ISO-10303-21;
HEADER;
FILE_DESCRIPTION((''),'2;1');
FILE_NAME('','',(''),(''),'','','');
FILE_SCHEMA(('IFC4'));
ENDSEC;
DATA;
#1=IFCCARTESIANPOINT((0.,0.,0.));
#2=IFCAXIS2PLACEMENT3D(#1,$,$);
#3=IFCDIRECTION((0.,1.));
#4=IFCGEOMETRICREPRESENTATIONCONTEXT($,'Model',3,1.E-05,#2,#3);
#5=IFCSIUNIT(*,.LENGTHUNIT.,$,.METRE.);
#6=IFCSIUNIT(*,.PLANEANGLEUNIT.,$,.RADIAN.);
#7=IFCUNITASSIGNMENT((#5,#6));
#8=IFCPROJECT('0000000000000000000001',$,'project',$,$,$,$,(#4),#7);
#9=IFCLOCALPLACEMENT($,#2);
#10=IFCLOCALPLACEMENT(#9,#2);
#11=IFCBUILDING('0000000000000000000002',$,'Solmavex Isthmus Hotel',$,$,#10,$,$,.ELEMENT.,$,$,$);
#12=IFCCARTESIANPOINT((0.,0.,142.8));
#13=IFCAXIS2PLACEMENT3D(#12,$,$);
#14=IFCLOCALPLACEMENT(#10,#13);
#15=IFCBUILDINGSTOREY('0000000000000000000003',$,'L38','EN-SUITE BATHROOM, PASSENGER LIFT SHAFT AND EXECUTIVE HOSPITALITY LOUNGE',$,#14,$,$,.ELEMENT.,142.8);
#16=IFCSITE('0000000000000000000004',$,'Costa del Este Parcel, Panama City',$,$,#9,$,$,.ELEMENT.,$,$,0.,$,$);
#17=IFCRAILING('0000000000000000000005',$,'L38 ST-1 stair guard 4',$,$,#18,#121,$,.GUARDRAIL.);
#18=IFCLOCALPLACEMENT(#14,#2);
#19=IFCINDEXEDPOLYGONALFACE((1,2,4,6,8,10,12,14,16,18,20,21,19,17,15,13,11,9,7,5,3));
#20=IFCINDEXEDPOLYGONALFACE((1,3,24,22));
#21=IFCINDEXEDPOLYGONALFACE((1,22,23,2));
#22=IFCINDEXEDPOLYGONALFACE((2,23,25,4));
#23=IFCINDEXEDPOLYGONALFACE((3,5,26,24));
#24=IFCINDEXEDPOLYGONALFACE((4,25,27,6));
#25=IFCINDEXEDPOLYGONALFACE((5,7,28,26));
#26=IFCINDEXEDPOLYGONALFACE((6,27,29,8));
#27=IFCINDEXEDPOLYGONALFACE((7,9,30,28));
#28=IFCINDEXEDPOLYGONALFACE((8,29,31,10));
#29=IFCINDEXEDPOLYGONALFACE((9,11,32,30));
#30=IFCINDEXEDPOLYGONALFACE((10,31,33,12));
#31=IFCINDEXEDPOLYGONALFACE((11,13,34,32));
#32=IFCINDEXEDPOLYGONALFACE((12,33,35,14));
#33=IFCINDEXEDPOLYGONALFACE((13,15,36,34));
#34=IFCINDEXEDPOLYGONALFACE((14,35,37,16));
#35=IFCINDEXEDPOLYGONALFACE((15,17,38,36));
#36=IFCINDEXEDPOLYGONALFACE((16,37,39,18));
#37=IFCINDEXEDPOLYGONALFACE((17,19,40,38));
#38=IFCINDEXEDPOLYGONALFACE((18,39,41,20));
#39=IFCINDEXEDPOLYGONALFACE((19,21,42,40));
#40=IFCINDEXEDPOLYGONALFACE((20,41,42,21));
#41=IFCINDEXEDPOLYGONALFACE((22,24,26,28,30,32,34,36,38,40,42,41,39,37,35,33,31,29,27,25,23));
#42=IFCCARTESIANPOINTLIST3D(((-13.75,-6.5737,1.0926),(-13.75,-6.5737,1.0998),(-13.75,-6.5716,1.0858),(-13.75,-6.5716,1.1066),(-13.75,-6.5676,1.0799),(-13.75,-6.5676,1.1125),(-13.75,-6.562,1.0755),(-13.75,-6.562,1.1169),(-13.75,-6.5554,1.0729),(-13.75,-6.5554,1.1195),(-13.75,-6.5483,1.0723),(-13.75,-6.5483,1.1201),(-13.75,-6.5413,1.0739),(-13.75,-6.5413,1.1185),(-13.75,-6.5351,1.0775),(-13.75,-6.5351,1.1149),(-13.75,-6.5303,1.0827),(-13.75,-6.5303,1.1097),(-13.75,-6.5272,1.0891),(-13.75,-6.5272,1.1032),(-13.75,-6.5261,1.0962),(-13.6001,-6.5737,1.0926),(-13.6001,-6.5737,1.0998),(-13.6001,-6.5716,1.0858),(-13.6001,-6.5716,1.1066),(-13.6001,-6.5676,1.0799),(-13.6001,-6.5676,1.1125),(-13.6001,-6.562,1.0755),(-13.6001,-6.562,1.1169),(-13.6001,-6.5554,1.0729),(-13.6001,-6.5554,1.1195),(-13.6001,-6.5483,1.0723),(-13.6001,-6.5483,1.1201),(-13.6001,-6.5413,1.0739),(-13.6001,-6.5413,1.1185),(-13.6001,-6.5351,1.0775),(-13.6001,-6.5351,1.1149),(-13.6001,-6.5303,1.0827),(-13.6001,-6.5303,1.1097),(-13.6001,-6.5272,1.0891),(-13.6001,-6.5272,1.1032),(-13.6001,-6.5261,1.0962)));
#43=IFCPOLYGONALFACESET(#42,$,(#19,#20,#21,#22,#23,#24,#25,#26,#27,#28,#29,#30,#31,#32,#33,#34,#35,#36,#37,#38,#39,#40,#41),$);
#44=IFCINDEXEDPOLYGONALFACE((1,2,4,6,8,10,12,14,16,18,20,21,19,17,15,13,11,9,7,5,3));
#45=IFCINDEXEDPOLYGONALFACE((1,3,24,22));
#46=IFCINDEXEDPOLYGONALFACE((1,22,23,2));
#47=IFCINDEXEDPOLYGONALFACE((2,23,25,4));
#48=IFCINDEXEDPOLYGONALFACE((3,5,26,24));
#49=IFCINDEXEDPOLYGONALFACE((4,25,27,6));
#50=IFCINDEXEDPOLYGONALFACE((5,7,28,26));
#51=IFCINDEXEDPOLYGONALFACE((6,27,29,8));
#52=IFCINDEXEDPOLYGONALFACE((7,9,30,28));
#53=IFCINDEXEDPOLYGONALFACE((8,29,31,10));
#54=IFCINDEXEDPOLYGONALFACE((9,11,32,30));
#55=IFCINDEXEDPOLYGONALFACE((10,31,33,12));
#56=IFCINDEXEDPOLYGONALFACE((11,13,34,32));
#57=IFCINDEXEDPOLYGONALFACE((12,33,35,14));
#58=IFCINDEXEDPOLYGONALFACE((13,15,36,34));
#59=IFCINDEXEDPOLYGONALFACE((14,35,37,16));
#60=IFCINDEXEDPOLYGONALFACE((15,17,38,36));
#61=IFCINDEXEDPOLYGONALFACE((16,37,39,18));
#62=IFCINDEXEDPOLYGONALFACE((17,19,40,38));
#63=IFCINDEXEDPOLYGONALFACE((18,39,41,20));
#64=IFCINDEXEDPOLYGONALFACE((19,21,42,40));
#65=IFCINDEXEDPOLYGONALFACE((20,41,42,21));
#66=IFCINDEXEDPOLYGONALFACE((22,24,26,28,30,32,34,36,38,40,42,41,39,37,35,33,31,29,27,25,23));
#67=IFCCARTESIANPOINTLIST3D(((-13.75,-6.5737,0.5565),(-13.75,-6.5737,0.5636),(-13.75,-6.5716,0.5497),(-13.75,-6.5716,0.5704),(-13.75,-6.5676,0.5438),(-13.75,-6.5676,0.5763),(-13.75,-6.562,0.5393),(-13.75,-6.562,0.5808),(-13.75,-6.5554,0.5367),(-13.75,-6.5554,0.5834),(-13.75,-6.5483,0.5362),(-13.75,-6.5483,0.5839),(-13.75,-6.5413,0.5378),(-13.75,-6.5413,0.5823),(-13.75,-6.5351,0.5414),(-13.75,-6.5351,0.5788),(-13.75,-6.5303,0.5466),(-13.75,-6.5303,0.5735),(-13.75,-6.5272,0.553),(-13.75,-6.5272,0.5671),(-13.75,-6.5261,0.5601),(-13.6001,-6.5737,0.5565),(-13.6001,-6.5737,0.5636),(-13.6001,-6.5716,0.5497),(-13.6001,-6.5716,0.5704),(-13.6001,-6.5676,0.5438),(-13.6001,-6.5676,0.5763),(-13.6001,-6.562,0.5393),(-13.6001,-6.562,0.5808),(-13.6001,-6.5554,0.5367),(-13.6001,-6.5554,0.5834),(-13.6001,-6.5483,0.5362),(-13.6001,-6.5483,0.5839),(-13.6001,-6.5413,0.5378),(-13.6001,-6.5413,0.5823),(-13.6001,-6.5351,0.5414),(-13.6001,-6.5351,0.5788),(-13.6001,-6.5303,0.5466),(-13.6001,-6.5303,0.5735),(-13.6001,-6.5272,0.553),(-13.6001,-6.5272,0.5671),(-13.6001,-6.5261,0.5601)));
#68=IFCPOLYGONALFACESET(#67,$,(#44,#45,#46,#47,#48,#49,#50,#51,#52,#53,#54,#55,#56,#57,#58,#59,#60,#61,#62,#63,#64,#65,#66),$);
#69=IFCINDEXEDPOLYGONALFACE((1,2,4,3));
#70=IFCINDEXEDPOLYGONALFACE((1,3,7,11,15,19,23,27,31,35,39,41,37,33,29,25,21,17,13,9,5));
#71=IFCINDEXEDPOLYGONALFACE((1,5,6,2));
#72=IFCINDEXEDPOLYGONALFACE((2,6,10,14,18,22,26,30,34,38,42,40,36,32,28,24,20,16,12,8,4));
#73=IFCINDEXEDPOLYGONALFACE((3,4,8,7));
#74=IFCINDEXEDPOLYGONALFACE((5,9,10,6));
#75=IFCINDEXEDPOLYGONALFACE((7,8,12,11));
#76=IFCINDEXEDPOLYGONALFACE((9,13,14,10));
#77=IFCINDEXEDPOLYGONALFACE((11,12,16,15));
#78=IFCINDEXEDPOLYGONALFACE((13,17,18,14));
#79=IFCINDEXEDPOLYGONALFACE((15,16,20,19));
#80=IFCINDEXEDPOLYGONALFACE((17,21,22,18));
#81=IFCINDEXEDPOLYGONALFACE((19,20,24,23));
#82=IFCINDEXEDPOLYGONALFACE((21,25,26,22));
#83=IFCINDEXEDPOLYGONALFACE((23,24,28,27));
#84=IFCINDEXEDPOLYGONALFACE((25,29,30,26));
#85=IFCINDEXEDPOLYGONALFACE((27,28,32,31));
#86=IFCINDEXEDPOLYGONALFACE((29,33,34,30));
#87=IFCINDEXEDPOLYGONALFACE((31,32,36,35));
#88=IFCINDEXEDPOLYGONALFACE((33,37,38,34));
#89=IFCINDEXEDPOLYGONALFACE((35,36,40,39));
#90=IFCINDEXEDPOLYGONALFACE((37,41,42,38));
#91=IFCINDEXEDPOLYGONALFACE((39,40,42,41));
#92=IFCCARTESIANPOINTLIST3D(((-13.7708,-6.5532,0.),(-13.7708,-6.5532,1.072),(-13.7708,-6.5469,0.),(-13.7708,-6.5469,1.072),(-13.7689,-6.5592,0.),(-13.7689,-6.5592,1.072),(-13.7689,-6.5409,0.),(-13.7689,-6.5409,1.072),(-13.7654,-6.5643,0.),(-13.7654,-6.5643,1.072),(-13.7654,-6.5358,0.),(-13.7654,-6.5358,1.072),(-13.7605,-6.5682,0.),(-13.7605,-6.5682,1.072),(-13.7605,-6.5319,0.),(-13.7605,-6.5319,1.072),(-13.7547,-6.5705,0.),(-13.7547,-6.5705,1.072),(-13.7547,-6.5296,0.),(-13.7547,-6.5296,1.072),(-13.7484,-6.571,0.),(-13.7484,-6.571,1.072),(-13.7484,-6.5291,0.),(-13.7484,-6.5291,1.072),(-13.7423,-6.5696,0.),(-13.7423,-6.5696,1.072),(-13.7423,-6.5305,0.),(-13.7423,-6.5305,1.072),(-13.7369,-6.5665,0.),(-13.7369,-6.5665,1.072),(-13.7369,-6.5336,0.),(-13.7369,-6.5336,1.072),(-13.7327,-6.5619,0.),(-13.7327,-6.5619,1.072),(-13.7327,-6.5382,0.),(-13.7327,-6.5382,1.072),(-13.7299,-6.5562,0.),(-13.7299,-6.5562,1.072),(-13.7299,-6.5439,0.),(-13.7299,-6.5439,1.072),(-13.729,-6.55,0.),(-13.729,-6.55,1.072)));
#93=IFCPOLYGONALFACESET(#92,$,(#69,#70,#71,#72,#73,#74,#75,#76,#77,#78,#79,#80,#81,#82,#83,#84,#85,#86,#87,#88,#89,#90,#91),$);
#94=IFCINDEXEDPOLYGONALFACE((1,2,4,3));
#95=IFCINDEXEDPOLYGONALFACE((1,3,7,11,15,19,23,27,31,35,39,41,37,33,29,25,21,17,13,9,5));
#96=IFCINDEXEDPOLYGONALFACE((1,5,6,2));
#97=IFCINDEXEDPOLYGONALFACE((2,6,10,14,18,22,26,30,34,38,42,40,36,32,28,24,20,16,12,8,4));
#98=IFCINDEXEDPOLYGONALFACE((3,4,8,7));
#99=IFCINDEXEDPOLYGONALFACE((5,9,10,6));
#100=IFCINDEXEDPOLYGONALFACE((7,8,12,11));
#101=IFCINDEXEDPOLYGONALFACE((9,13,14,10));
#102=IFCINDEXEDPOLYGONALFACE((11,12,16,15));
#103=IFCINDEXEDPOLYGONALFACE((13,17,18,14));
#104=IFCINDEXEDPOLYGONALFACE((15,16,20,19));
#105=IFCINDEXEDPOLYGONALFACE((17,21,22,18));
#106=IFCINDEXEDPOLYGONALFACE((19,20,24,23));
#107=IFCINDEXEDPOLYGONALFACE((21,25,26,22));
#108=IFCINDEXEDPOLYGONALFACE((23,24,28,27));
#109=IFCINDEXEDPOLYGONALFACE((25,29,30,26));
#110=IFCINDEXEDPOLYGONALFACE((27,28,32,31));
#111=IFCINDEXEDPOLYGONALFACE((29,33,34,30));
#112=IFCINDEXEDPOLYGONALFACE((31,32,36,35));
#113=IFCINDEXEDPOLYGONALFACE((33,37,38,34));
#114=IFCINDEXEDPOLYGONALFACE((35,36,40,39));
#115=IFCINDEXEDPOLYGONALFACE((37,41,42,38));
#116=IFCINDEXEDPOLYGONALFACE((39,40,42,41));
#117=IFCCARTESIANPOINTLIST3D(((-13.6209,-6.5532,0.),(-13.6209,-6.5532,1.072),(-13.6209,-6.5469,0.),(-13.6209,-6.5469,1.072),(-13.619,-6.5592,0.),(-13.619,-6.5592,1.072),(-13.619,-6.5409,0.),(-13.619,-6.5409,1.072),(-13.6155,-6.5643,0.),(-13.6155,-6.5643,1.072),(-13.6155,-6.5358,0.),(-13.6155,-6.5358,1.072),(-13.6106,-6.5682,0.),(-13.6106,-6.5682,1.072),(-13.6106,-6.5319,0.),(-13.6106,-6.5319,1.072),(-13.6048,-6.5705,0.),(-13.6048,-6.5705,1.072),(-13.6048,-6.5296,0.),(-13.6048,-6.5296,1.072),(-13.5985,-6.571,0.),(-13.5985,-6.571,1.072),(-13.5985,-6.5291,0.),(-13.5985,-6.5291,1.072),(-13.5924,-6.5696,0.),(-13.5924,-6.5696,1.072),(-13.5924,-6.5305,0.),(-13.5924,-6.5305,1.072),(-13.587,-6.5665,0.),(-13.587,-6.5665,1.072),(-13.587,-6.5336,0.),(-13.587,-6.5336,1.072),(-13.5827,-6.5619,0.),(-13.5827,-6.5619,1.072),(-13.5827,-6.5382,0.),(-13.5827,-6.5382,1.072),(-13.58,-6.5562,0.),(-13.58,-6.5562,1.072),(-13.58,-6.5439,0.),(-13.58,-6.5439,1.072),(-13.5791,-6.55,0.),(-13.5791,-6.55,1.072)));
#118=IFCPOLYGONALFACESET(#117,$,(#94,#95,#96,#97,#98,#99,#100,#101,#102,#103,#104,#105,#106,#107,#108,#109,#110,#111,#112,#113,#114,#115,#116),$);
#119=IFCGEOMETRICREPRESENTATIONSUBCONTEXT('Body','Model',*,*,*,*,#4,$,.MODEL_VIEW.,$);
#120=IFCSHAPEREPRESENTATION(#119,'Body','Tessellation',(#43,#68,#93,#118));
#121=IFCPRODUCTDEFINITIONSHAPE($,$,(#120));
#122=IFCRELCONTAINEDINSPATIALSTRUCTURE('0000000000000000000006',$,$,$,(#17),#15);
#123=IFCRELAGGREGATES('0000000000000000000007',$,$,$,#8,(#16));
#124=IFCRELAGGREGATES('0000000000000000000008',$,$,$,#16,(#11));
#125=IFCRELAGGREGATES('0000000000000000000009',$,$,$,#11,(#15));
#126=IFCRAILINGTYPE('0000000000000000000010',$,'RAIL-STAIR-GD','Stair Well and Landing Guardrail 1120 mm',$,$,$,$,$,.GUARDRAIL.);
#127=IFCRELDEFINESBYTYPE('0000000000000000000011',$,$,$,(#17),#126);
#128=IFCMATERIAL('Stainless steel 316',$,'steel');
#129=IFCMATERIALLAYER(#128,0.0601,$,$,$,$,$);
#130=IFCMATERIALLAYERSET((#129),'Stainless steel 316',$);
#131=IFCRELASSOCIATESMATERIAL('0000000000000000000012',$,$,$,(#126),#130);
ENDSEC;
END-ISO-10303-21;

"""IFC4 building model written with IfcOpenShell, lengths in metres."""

from ifc_helpers import new_model, si_unit, direction, frame, origin, origin_2d, place, context, subcontext, project, spatial, circle, extrude, material, layer, layer_set, type_object, element, save


model = new_model("IFC4")

# Units and contexts
model_context = context("Model", 3, precision=1e-05, world=origin(), true_north=direction((0.0, 1.0)))
body_context = subcontext(model_context, "Body", "Model", "MODEL_VIEW")
ifc_project = project(units=[si_unit("LENGTHUNIT", "METRE"), si_unit("PLANEANGLEUNIT", "RADIAN")], contexts=[model_context])

# Site, building, storey
site_placement = place(None, origin())
site = spatial("IfcSite", under=ifc_project, at=site_placement, Name="Costa del Este Parcel, Panama City", CompositionType="ELEMENT", RefElevation=0.0)
building_placement = place(site_placement, origin())
building = spatial("IfcBuilding", under=site, at=building_placement, Name="Solmavex Isthmus Hotel", CompositionType="ELEMENT")
storey_placement = place(building_placement, frame((0.0, 0.0, 142.8)))
storey = spatial("IfcBuildingStorey", under=building, at=storey_placement, Name="L38", Description="EN-SUITE BATHROOM, PASSENGER LIFT SHAFT AND EXECUTIVE HOSPITALITY LOUNGE", CompositionType="ELEMENT", Elevation=142.8)

# Railing
ifc_material_1 = material(Name="Stainless steel 316", Category="steel")
ifc_layer_1 = layer(ifc_material_1, 0.0601)
ifc_layer_set_1 = layer_set([ifc_layer_1], Name="Stainless steel 316")
railing_type_1 = type_object("IfcRailingType", Name="RAIL-STAIR-GD", Description="Stair Well and Landing Guardrail 1120 mm", PredefinedType="GUARDRAIL", material=ifc_layer_set_1)
railing_1_placement = place(storey_placement, frame((-13.75, -6.55, 0.0)))
element("IfcRailing", 1, at=railing_1_placement, inside=storey, type_object=railing_type_1, Name="L38 ST-1 stair guard 4", PredefinedType="GUARDRAIL", context=body_context, shape_type="SweptSolid", body=[
    extrude(circle(Radius=0.0239, at=origin_2d()), frame((0.0, 0.0, 1.0962), z_axis=(1.0, 0.0, 0.0), x_axis=(0.0, 1.0, 0.0)), (0.0, 0.0, 1.0), 0.1499),
    extrude(circle(Radius=0.0239, at=origin_2d()), frame((0.0, 0.0, 0.5601), z_axis=(1.0, 0.0, 0.0), x_axis=(0.0, 1.0, 0.0)), (0.0, 0.0, 1.0), 0.1499),
    extrude(circle(Radius=0.021, at=origin_2d()), origin(), (0.0, 0.0, 1.0), 1.072),
    extrude(circle(Radius=0.021, at=origin_2d()), frame((0.1499, 0.0, 0.0)), (0.0, 0.0, 1.0), 1.072),
])

save(model, "model.ifc")
